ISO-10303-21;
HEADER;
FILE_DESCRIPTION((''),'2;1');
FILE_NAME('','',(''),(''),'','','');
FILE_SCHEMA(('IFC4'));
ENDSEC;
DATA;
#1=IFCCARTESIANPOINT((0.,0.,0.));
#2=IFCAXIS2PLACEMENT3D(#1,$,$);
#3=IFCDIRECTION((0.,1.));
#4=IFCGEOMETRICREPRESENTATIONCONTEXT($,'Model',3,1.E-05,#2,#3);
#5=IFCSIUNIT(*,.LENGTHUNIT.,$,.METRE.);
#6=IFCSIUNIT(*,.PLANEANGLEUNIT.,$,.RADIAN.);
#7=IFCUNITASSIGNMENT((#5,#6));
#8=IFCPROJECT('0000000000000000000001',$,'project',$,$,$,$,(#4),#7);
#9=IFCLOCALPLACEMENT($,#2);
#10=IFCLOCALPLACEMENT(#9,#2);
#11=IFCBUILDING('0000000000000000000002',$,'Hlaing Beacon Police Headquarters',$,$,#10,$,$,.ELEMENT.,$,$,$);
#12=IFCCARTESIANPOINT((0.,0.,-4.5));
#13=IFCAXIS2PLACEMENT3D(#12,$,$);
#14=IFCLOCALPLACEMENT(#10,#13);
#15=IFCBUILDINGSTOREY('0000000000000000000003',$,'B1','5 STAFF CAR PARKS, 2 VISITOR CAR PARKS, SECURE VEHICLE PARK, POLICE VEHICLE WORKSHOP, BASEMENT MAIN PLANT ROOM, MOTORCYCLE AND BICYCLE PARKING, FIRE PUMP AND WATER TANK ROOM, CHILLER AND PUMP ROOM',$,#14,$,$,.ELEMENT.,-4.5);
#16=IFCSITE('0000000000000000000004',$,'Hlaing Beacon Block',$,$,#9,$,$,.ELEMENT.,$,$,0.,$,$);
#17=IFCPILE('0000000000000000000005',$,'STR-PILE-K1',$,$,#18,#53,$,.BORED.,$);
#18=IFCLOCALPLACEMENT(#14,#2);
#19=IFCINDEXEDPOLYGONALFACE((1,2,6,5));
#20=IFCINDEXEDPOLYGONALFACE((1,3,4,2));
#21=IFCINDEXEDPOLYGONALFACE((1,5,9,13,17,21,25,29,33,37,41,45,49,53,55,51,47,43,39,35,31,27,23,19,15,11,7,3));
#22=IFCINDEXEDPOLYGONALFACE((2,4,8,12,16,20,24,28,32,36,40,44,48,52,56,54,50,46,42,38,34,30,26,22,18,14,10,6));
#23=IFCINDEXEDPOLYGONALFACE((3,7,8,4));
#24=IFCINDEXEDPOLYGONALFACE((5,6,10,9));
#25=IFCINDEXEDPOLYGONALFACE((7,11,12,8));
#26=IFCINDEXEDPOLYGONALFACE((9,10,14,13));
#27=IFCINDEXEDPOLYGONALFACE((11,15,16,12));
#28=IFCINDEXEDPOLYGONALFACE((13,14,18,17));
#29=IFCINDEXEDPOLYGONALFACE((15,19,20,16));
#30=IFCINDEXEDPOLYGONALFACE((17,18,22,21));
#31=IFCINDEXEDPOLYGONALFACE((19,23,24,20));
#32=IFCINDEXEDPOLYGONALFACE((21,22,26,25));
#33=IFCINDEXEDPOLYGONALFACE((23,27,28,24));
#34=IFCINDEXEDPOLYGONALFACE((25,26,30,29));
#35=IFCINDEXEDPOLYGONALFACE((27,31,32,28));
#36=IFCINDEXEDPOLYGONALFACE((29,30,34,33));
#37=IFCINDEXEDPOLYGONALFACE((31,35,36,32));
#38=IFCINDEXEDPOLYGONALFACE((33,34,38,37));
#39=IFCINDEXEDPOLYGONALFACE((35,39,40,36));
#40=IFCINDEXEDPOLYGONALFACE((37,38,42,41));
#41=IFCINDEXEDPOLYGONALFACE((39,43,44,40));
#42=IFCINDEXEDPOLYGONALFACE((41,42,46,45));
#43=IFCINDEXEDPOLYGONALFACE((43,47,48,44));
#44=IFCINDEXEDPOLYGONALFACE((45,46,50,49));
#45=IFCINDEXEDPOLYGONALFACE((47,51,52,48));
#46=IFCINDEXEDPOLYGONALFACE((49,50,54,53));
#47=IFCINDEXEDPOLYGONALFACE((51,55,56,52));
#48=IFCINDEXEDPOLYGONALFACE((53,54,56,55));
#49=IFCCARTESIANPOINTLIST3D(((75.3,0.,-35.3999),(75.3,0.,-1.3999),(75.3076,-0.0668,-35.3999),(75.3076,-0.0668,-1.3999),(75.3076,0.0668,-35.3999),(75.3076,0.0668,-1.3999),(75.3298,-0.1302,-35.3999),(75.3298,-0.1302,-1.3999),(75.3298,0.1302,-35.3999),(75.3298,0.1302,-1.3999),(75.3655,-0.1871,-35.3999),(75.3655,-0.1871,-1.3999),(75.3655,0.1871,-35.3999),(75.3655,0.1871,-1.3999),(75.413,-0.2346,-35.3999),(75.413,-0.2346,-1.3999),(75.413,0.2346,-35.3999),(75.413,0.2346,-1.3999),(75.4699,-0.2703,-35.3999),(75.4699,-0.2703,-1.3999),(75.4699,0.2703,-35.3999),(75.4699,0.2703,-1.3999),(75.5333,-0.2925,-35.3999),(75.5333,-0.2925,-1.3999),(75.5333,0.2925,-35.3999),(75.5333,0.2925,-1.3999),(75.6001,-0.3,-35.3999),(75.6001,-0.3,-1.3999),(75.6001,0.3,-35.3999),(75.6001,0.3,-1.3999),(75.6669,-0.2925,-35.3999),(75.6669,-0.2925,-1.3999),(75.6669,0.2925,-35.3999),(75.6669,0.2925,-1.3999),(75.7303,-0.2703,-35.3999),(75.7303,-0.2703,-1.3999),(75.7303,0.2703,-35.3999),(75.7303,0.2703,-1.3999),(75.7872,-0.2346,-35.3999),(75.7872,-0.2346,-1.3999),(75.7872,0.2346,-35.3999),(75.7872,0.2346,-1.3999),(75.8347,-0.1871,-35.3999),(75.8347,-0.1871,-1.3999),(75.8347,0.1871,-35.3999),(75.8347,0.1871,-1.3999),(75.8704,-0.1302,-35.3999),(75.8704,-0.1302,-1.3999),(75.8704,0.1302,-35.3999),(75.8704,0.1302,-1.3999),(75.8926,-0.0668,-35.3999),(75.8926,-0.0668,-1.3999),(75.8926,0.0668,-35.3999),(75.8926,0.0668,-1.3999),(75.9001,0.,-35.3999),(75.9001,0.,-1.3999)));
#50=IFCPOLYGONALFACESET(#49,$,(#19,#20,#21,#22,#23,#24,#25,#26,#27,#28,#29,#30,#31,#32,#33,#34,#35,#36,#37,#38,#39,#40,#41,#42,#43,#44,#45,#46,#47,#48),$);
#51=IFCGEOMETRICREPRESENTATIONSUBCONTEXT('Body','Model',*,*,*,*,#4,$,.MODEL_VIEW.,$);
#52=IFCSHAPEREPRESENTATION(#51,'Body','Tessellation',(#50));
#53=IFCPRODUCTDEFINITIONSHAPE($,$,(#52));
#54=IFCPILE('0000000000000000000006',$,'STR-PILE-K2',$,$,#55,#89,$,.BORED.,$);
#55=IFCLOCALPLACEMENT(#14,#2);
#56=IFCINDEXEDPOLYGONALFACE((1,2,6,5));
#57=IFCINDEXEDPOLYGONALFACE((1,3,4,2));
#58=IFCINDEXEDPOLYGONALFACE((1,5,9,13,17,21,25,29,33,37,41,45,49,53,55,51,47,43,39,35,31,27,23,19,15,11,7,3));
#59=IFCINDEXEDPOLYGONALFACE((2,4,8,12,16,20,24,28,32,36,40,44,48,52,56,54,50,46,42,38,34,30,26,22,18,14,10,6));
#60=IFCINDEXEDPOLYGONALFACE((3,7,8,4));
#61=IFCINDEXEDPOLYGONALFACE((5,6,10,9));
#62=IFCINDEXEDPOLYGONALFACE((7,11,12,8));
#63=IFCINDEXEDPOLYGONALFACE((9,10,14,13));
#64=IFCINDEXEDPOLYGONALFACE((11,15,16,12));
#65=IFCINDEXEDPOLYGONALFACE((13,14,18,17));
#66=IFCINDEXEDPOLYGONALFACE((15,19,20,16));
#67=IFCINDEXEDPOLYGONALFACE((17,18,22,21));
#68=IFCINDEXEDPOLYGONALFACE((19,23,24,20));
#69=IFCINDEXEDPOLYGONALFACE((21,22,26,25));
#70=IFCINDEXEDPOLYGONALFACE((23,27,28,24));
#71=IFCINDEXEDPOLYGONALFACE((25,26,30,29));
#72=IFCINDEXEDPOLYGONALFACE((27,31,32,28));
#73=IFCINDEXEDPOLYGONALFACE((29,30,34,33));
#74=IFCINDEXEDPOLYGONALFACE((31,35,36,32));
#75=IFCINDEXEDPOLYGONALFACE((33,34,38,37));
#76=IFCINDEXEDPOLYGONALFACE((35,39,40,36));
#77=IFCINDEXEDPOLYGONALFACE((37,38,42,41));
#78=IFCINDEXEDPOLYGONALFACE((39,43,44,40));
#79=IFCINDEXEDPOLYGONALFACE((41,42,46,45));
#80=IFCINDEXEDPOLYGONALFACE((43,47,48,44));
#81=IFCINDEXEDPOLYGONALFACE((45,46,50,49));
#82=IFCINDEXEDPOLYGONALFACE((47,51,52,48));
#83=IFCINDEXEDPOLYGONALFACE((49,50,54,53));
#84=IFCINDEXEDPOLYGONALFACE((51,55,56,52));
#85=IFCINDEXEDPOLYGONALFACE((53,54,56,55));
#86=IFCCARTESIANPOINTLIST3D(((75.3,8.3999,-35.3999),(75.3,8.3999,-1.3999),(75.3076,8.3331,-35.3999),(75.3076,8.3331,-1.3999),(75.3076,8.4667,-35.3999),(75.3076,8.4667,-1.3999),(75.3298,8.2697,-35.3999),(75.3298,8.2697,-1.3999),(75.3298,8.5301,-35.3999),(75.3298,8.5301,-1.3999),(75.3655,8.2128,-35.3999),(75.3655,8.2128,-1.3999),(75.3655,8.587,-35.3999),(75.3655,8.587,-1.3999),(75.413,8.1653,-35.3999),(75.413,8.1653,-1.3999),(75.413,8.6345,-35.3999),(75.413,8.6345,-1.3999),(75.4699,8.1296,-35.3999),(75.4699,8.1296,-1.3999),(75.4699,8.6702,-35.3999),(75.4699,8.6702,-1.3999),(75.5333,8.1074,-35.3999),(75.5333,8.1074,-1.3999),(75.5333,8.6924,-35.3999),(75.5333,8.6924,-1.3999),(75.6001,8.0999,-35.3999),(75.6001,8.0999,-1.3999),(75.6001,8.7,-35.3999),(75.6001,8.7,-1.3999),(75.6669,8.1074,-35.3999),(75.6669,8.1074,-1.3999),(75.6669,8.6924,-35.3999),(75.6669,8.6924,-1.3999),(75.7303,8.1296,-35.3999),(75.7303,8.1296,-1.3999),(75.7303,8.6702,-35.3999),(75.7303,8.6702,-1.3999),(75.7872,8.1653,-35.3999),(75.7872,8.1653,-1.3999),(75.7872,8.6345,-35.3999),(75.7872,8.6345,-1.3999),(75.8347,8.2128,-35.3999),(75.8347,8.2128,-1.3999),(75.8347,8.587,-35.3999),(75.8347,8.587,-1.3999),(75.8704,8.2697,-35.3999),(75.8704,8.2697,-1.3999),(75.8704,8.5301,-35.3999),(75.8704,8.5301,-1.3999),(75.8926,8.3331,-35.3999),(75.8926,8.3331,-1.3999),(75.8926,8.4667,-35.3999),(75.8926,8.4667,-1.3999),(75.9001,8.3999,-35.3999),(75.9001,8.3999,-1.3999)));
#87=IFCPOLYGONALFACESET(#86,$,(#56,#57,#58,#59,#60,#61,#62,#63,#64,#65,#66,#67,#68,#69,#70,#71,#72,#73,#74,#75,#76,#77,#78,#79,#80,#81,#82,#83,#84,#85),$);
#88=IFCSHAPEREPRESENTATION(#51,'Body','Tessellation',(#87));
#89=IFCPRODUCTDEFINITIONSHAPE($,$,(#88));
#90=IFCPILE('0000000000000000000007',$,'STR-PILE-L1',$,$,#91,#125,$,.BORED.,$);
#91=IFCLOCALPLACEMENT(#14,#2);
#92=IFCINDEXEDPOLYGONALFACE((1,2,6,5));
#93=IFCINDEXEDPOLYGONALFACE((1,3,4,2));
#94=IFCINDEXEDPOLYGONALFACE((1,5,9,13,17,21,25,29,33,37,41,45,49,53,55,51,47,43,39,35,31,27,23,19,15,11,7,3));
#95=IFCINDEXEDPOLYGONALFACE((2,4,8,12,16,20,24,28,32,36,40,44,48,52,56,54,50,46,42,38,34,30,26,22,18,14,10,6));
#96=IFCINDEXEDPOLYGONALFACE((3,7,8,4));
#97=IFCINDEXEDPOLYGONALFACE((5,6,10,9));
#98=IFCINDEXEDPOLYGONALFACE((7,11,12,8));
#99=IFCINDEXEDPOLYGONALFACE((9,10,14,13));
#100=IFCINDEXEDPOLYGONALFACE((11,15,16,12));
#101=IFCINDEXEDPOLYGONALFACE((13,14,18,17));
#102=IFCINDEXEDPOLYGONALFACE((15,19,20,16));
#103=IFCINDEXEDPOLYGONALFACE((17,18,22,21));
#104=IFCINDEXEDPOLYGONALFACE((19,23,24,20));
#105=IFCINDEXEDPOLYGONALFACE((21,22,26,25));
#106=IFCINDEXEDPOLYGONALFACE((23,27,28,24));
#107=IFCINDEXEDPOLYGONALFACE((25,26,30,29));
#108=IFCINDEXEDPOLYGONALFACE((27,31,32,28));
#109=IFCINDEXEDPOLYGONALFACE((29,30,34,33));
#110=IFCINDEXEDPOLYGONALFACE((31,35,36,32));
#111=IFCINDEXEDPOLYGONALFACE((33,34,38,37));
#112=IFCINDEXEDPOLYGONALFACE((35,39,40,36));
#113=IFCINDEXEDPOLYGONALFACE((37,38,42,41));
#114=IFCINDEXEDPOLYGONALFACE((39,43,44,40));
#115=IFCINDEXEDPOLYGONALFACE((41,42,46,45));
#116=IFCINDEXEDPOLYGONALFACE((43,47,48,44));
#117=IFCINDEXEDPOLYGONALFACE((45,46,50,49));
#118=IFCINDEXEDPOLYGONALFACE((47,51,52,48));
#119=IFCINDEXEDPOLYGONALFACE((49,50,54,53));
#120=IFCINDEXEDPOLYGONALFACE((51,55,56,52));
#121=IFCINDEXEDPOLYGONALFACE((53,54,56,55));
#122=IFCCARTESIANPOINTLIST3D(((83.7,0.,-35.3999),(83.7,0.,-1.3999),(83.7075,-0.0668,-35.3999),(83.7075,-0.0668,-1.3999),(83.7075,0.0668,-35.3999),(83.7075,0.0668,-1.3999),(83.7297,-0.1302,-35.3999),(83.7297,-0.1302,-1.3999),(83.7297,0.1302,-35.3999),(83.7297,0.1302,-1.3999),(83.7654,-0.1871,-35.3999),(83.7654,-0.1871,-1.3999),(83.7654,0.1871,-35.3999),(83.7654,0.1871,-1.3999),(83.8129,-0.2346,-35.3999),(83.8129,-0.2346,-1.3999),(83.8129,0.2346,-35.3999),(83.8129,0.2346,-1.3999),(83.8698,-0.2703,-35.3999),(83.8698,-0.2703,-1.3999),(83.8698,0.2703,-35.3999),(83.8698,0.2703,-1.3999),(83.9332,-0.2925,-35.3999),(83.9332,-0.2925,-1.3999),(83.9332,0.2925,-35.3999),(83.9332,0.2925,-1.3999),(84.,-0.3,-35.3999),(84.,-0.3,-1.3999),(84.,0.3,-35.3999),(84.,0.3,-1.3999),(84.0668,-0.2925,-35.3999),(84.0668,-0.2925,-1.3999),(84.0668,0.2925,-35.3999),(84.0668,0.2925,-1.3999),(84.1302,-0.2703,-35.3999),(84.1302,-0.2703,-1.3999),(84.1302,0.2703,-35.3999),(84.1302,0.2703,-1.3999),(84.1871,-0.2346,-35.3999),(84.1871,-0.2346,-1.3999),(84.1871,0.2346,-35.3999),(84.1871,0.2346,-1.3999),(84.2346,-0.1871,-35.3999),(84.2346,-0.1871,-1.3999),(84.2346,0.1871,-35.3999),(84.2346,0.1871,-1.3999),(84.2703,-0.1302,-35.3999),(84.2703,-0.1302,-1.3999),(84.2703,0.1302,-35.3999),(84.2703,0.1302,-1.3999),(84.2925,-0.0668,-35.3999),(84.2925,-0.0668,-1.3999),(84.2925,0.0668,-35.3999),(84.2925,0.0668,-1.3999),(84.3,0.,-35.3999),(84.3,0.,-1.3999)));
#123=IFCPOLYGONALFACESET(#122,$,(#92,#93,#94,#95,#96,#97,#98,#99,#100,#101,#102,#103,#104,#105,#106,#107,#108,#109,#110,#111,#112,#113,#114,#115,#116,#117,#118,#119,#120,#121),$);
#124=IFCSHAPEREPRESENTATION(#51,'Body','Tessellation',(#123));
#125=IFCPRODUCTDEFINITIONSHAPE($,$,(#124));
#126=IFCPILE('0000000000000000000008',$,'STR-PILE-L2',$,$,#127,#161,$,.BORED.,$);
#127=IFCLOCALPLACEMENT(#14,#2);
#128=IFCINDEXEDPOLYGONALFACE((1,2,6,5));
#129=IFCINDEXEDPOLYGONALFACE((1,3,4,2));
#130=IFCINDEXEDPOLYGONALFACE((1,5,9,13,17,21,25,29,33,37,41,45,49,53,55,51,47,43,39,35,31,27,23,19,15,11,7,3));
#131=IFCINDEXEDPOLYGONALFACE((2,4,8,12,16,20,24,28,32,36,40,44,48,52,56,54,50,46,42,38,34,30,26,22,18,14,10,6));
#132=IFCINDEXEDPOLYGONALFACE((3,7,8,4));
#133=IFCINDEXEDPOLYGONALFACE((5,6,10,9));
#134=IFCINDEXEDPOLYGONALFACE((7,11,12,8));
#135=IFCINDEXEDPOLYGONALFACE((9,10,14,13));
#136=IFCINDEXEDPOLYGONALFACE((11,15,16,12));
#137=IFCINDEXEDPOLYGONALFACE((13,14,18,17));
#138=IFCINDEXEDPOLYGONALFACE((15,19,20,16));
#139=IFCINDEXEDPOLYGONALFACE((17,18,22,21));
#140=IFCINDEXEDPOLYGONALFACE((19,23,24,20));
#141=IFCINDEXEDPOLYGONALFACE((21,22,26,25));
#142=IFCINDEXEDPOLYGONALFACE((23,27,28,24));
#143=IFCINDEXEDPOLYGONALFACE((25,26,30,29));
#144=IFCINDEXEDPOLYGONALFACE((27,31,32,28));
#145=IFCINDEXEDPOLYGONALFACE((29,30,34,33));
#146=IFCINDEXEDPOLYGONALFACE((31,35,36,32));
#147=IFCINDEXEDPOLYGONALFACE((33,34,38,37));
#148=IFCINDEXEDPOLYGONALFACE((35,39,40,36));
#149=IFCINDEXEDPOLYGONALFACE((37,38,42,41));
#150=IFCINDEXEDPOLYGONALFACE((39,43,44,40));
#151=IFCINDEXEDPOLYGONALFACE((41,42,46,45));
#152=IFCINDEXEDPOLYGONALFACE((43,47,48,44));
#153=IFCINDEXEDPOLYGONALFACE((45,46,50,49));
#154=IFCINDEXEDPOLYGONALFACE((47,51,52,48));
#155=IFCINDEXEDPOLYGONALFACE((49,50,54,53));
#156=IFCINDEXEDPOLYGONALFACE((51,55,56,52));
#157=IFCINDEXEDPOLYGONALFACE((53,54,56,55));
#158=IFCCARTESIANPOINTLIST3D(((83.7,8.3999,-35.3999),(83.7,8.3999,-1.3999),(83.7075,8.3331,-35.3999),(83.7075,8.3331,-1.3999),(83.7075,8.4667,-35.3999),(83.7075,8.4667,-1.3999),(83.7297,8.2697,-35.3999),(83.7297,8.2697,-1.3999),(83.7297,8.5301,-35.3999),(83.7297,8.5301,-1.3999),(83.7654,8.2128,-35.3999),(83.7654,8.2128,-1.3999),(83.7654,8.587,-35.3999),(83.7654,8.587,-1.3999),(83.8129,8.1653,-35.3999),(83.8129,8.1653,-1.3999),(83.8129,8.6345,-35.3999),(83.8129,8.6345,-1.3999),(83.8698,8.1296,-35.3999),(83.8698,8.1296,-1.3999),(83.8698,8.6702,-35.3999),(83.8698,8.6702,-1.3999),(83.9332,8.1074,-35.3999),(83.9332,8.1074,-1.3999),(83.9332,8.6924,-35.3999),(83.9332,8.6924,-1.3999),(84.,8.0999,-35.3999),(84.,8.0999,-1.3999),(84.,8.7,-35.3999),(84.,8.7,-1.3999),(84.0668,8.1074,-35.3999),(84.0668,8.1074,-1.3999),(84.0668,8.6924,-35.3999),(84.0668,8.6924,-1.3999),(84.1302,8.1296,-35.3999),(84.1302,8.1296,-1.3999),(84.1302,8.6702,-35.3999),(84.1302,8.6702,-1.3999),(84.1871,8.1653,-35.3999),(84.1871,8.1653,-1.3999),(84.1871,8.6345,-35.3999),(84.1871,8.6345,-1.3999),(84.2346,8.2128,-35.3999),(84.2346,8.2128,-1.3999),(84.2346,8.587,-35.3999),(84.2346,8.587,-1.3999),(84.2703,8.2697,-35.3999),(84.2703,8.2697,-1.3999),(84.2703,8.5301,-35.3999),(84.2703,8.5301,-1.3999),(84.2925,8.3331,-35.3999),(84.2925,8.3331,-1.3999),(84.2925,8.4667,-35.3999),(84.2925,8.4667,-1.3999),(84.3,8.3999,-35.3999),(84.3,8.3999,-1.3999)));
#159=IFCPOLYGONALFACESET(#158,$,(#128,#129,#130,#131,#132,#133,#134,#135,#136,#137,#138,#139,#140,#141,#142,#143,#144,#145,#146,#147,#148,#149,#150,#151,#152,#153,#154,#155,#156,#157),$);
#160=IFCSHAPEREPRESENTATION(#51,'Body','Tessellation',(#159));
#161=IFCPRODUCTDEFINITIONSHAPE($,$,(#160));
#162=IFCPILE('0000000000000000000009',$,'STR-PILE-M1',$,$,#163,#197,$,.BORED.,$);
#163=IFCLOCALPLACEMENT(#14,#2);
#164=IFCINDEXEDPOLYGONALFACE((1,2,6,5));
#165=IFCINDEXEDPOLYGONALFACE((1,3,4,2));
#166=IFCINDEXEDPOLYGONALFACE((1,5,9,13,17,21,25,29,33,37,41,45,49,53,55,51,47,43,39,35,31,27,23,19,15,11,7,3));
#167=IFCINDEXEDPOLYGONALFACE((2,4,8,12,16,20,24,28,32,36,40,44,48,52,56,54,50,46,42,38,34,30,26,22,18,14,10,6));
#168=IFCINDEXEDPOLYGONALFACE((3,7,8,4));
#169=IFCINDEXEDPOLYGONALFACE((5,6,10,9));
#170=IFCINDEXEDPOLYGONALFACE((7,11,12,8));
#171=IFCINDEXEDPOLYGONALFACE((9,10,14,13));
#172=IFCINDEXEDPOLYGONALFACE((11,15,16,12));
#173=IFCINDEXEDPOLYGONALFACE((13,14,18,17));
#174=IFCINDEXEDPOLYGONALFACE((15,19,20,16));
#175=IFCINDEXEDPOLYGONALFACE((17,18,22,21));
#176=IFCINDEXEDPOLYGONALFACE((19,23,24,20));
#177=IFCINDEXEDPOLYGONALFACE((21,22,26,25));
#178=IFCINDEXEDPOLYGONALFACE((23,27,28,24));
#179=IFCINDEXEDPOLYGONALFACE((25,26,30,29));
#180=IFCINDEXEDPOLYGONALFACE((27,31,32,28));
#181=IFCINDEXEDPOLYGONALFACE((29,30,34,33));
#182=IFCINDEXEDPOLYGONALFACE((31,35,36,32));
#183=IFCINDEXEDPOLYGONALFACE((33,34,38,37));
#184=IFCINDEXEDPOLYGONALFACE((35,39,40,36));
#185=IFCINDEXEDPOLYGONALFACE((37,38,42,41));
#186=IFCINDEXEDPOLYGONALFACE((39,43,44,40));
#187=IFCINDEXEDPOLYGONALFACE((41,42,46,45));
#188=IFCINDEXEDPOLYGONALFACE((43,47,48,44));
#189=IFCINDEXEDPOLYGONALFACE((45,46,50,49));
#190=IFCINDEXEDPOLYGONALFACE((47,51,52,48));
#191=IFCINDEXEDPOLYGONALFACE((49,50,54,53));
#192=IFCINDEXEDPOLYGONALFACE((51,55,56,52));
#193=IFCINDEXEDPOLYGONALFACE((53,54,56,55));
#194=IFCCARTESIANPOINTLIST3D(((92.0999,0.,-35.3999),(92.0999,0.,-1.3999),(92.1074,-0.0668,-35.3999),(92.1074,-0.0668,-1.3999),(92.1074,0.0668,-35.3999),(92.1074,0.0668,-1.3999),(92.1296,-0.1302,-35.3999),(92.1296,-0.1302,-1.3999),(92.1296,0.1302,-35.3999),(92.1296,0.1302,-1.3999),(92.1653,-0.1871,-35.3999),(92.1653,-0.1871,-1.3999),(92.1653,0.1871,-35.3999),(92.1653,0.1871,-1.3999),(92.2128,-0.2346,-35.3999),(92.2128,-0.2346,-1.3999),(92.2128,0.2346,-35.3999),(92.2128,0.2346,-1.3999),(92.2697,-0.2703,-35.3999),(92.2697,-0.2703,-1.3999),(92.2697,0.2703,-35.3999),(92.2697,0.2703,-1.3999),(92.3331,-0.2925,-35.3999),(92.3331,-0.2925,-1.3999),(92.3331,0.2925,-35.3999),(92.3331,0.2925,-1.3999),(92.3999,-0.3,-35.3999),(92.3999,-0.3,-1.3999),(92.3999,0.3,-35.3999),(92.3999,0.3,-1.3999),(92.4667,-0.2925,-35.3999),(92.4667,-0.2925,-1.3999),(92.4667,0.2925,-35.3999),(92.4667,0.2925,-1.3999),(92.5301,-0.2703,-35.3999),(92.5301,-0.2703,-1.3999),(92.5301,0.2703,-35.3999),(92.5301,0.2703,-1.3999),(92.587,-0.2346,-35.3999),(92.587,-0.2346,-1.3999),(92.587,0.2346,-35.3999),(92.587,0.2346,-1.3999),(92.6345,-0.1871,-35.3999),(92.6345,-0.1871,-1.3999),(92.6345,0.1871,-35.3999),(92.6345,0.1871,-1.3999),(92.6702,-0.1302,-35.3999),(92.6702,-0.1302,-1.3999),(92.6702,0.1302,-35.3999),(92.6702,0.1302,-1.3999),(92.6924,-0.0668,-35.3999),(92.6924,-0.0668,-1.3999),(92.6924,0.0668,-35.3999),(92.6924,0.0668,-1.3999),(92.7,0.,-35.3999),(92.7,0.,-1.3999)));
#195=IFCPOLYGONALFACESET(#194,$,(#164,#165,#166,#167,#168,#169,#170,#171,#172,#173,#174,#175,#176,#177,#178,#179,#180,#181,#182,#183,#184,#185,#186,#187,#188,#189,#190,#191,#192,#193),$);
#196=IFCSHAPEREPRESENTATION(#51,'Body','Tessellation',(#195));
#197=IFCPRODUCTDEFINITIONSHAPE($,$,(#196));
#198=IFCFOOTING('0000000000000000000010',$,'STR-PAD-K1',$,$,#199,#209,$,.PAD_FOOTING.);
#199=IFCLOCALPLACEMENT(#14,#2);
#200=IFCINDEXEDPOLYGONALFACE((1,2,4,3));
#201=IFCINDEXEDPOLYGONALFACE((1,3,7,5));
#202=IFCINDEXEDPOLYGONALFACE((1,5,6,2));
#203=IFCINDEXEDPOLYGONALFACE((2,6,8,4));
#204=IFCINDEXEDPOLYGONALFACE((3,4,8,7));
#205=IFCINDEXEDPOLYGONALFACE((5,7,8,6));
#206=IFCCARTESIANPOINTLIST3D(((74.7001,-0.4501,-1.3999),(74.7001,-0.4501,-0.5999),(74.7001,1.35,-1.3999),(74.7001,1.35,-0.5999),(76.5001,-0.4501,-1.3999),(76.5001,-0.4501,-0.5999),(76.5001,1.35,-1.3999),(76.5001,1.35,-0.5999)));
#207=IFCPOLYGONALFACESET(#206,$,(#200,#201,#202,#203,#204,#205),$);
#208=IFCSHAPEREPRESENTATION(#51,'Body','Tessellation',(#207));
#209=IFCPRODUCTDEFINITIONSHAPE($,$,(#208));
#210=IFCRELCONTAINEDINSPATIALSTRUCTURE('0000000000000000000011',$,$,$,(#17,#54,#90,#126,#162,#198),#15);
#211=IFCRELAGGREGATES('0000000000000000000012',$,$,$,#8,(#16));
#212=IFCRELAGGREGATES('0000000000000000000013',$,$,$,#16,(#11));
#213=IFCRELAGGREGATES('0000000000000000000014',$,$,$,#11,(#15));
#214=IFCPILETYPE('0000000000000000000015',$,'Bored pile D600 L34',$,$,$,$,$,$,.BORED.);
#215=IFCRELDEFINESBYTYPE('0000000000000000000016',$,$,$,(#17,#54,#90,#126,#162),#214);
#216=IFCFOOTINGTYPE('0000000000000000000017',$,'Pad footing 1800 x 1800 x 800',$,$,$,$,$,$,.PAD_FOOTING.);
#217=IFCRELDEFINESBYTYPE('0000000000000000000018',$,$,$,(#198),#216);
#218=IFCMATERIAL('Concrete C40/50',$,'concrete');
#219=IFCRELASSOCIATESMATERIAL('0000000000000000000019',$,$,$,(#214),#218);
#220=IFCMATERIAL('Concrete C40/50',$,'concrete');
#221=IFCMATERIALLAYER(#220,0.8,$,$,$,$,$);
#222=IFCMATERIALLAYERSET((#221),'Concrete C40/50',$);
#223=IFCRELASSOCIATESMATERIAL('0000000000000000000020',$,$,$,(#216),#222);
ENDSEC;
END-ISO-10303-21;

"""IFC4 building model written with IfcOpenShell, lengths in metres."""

from ifc_helpers import new_model, si_unit, direction, frame, origin, origin_2d, place, context, subcontext, project, spatial, rectangle, circle, extrude, material, layer, layer_set, material_profile, profile_set, type_object, element, save


model = new_model("IFC4")

# Units and contexts
model_context = context("Model", 3, precision=1e-05, world=origin(), true_north=direction((0.0, 1.0)))
body_context = subcontext(model_context, "Body", "Model", "MODEL_VIEW")
ifc_project = project(units=[si_unit("LENGTHUNIT", "METRE"), si_unit("PLANEANGLEUNIT", "RADIAN")], contexts=[model_context])

# Site, building, storey
site_placement = place(None, origin())
site = spatial("IfcSite", under=ifc_project, at=site_placement, Name="Hlaing Beacon Block", CompositionType="ELEMENT", RefElevation=0.0)
building_placement = place(site_placement, origin())
building = spatial("IfcBuilding", under=site, at=building_placement, Name="Hlaing Beacon Police Headquarters", CompositionType="ELEMENT")
storey_placement = place(building_placement, frame((0.0, 0.0, -4.5)))
storey = spatial("IfcBuildingStorey", under=building, at=storey_placement, Name="B1", Description="5 STAFF CAR PARKS, 2 VISITOR CAR PARKS, SECURE VEHICLE PARK, POLICE VEHICLE WORKSHOP, BASEMENT MAIN PLANT ROOM, MOTORCYCLE AND BICYCLE PARKING, FIRE PUMP AND WATER TANK ROOM, CHILLER AND PUMP ROOM", CompositionType="ELEMENT", Elevation=-4.5)

# Piles
ifc_material_1 = material(Name="Concrete C40/50", Category="concrete")
ifc_material_profile_1 = material_profile(ifc_material_1, circle(Radius=0.3, at=origin_2d()), Name="D600")
ifc_profile_set_1 = profile_set([ifc_material_profile_1], Name="Concrete C40/50")
pile_type = type_object("IfcPileType", Name="Bored pile D600 L34", PredefinedType="BORED", material=ifc_profile_set_1)
for number, where, z_axis, x_axis, name in (
    (1, (75.6001, 0.0, -1.3999), (0.0, 0.0, -1.0), (1.0, 0.0, 0.0), "STR-PILE-K1"),
    (2, (75.6001, 8.3999, -1.3999), (0.0, 0.0, -1.0), (1.0, 0.0, 0.0), "STR-PILE-K2"),
    (3, (84.0, 0.0, -1.3999), (0.0, 0.0, -1.0), (1.0, 0.0, 0.0), "STR-PILE-L1"),
    (4, (84.0, 8.3999, -1.3999), (0.0, 0.0, -1.0), (1.0, 0.0, 0.0), "STR-PILE-L2"),
    (5, (92.3999, 0.0, -1.3999), (0.0, 0.0, -1.0), (1.0, 0.0, 0.0), "STR-PILE-M1"),
):
    element("IfcPile", number, at=place(storey_placement, frame(where, z_axis=z_axis, x_axis=x_axis)), inside=storey, type_object=pile_type, Name=name, PredefinedType="BORED", context=body_context, shape_type="SweptSolid", body=[
        extrude(circle(Radius=0.3, at=origin_2d()), origin(), (0.0, 0.0, 1.0), 34.0),
    ])

# Footing
ifc_material_2 = material(Name="Concrete C40/50", Category="concrete")
ifc_layer_1 = layer(ifc_material_2, 0.8)
ifc_layer_set_1 = layer_set([ifc_layer_1], Name="Concrete C40/50")
footing_type_1 = type_object("IfcFootingType", Name="Pad footing 1800 x 1800 x 800", PredefinedType="PAD_FOOTING", material=ifc_layer_set_1)
for number, where, z_axis, x_axis, name in (
    (6, (75.6001, 0.45, -1.3999), (0.0, 0.0, 1.0), (1.0, 0.0, 0.0), "STR-PAD-K1"),
):
    element("IfcFooting", number, at=place(storey_placement, frame(where, z_axis=z_axis, x_axis=x_axis)), inside=storey, type_object=footing_type_1, Name=name, PredefinedType="PAD_FOOTING", context=body_context, shape_type="SweptSolid", body=[
        extrude(rectangle(XDim=1.8, YDim=1.8, at=origin_2d()), origin(), (0.0, 0.0, 1.0), 0.8),
    ])

save(model, "model.ifc")
